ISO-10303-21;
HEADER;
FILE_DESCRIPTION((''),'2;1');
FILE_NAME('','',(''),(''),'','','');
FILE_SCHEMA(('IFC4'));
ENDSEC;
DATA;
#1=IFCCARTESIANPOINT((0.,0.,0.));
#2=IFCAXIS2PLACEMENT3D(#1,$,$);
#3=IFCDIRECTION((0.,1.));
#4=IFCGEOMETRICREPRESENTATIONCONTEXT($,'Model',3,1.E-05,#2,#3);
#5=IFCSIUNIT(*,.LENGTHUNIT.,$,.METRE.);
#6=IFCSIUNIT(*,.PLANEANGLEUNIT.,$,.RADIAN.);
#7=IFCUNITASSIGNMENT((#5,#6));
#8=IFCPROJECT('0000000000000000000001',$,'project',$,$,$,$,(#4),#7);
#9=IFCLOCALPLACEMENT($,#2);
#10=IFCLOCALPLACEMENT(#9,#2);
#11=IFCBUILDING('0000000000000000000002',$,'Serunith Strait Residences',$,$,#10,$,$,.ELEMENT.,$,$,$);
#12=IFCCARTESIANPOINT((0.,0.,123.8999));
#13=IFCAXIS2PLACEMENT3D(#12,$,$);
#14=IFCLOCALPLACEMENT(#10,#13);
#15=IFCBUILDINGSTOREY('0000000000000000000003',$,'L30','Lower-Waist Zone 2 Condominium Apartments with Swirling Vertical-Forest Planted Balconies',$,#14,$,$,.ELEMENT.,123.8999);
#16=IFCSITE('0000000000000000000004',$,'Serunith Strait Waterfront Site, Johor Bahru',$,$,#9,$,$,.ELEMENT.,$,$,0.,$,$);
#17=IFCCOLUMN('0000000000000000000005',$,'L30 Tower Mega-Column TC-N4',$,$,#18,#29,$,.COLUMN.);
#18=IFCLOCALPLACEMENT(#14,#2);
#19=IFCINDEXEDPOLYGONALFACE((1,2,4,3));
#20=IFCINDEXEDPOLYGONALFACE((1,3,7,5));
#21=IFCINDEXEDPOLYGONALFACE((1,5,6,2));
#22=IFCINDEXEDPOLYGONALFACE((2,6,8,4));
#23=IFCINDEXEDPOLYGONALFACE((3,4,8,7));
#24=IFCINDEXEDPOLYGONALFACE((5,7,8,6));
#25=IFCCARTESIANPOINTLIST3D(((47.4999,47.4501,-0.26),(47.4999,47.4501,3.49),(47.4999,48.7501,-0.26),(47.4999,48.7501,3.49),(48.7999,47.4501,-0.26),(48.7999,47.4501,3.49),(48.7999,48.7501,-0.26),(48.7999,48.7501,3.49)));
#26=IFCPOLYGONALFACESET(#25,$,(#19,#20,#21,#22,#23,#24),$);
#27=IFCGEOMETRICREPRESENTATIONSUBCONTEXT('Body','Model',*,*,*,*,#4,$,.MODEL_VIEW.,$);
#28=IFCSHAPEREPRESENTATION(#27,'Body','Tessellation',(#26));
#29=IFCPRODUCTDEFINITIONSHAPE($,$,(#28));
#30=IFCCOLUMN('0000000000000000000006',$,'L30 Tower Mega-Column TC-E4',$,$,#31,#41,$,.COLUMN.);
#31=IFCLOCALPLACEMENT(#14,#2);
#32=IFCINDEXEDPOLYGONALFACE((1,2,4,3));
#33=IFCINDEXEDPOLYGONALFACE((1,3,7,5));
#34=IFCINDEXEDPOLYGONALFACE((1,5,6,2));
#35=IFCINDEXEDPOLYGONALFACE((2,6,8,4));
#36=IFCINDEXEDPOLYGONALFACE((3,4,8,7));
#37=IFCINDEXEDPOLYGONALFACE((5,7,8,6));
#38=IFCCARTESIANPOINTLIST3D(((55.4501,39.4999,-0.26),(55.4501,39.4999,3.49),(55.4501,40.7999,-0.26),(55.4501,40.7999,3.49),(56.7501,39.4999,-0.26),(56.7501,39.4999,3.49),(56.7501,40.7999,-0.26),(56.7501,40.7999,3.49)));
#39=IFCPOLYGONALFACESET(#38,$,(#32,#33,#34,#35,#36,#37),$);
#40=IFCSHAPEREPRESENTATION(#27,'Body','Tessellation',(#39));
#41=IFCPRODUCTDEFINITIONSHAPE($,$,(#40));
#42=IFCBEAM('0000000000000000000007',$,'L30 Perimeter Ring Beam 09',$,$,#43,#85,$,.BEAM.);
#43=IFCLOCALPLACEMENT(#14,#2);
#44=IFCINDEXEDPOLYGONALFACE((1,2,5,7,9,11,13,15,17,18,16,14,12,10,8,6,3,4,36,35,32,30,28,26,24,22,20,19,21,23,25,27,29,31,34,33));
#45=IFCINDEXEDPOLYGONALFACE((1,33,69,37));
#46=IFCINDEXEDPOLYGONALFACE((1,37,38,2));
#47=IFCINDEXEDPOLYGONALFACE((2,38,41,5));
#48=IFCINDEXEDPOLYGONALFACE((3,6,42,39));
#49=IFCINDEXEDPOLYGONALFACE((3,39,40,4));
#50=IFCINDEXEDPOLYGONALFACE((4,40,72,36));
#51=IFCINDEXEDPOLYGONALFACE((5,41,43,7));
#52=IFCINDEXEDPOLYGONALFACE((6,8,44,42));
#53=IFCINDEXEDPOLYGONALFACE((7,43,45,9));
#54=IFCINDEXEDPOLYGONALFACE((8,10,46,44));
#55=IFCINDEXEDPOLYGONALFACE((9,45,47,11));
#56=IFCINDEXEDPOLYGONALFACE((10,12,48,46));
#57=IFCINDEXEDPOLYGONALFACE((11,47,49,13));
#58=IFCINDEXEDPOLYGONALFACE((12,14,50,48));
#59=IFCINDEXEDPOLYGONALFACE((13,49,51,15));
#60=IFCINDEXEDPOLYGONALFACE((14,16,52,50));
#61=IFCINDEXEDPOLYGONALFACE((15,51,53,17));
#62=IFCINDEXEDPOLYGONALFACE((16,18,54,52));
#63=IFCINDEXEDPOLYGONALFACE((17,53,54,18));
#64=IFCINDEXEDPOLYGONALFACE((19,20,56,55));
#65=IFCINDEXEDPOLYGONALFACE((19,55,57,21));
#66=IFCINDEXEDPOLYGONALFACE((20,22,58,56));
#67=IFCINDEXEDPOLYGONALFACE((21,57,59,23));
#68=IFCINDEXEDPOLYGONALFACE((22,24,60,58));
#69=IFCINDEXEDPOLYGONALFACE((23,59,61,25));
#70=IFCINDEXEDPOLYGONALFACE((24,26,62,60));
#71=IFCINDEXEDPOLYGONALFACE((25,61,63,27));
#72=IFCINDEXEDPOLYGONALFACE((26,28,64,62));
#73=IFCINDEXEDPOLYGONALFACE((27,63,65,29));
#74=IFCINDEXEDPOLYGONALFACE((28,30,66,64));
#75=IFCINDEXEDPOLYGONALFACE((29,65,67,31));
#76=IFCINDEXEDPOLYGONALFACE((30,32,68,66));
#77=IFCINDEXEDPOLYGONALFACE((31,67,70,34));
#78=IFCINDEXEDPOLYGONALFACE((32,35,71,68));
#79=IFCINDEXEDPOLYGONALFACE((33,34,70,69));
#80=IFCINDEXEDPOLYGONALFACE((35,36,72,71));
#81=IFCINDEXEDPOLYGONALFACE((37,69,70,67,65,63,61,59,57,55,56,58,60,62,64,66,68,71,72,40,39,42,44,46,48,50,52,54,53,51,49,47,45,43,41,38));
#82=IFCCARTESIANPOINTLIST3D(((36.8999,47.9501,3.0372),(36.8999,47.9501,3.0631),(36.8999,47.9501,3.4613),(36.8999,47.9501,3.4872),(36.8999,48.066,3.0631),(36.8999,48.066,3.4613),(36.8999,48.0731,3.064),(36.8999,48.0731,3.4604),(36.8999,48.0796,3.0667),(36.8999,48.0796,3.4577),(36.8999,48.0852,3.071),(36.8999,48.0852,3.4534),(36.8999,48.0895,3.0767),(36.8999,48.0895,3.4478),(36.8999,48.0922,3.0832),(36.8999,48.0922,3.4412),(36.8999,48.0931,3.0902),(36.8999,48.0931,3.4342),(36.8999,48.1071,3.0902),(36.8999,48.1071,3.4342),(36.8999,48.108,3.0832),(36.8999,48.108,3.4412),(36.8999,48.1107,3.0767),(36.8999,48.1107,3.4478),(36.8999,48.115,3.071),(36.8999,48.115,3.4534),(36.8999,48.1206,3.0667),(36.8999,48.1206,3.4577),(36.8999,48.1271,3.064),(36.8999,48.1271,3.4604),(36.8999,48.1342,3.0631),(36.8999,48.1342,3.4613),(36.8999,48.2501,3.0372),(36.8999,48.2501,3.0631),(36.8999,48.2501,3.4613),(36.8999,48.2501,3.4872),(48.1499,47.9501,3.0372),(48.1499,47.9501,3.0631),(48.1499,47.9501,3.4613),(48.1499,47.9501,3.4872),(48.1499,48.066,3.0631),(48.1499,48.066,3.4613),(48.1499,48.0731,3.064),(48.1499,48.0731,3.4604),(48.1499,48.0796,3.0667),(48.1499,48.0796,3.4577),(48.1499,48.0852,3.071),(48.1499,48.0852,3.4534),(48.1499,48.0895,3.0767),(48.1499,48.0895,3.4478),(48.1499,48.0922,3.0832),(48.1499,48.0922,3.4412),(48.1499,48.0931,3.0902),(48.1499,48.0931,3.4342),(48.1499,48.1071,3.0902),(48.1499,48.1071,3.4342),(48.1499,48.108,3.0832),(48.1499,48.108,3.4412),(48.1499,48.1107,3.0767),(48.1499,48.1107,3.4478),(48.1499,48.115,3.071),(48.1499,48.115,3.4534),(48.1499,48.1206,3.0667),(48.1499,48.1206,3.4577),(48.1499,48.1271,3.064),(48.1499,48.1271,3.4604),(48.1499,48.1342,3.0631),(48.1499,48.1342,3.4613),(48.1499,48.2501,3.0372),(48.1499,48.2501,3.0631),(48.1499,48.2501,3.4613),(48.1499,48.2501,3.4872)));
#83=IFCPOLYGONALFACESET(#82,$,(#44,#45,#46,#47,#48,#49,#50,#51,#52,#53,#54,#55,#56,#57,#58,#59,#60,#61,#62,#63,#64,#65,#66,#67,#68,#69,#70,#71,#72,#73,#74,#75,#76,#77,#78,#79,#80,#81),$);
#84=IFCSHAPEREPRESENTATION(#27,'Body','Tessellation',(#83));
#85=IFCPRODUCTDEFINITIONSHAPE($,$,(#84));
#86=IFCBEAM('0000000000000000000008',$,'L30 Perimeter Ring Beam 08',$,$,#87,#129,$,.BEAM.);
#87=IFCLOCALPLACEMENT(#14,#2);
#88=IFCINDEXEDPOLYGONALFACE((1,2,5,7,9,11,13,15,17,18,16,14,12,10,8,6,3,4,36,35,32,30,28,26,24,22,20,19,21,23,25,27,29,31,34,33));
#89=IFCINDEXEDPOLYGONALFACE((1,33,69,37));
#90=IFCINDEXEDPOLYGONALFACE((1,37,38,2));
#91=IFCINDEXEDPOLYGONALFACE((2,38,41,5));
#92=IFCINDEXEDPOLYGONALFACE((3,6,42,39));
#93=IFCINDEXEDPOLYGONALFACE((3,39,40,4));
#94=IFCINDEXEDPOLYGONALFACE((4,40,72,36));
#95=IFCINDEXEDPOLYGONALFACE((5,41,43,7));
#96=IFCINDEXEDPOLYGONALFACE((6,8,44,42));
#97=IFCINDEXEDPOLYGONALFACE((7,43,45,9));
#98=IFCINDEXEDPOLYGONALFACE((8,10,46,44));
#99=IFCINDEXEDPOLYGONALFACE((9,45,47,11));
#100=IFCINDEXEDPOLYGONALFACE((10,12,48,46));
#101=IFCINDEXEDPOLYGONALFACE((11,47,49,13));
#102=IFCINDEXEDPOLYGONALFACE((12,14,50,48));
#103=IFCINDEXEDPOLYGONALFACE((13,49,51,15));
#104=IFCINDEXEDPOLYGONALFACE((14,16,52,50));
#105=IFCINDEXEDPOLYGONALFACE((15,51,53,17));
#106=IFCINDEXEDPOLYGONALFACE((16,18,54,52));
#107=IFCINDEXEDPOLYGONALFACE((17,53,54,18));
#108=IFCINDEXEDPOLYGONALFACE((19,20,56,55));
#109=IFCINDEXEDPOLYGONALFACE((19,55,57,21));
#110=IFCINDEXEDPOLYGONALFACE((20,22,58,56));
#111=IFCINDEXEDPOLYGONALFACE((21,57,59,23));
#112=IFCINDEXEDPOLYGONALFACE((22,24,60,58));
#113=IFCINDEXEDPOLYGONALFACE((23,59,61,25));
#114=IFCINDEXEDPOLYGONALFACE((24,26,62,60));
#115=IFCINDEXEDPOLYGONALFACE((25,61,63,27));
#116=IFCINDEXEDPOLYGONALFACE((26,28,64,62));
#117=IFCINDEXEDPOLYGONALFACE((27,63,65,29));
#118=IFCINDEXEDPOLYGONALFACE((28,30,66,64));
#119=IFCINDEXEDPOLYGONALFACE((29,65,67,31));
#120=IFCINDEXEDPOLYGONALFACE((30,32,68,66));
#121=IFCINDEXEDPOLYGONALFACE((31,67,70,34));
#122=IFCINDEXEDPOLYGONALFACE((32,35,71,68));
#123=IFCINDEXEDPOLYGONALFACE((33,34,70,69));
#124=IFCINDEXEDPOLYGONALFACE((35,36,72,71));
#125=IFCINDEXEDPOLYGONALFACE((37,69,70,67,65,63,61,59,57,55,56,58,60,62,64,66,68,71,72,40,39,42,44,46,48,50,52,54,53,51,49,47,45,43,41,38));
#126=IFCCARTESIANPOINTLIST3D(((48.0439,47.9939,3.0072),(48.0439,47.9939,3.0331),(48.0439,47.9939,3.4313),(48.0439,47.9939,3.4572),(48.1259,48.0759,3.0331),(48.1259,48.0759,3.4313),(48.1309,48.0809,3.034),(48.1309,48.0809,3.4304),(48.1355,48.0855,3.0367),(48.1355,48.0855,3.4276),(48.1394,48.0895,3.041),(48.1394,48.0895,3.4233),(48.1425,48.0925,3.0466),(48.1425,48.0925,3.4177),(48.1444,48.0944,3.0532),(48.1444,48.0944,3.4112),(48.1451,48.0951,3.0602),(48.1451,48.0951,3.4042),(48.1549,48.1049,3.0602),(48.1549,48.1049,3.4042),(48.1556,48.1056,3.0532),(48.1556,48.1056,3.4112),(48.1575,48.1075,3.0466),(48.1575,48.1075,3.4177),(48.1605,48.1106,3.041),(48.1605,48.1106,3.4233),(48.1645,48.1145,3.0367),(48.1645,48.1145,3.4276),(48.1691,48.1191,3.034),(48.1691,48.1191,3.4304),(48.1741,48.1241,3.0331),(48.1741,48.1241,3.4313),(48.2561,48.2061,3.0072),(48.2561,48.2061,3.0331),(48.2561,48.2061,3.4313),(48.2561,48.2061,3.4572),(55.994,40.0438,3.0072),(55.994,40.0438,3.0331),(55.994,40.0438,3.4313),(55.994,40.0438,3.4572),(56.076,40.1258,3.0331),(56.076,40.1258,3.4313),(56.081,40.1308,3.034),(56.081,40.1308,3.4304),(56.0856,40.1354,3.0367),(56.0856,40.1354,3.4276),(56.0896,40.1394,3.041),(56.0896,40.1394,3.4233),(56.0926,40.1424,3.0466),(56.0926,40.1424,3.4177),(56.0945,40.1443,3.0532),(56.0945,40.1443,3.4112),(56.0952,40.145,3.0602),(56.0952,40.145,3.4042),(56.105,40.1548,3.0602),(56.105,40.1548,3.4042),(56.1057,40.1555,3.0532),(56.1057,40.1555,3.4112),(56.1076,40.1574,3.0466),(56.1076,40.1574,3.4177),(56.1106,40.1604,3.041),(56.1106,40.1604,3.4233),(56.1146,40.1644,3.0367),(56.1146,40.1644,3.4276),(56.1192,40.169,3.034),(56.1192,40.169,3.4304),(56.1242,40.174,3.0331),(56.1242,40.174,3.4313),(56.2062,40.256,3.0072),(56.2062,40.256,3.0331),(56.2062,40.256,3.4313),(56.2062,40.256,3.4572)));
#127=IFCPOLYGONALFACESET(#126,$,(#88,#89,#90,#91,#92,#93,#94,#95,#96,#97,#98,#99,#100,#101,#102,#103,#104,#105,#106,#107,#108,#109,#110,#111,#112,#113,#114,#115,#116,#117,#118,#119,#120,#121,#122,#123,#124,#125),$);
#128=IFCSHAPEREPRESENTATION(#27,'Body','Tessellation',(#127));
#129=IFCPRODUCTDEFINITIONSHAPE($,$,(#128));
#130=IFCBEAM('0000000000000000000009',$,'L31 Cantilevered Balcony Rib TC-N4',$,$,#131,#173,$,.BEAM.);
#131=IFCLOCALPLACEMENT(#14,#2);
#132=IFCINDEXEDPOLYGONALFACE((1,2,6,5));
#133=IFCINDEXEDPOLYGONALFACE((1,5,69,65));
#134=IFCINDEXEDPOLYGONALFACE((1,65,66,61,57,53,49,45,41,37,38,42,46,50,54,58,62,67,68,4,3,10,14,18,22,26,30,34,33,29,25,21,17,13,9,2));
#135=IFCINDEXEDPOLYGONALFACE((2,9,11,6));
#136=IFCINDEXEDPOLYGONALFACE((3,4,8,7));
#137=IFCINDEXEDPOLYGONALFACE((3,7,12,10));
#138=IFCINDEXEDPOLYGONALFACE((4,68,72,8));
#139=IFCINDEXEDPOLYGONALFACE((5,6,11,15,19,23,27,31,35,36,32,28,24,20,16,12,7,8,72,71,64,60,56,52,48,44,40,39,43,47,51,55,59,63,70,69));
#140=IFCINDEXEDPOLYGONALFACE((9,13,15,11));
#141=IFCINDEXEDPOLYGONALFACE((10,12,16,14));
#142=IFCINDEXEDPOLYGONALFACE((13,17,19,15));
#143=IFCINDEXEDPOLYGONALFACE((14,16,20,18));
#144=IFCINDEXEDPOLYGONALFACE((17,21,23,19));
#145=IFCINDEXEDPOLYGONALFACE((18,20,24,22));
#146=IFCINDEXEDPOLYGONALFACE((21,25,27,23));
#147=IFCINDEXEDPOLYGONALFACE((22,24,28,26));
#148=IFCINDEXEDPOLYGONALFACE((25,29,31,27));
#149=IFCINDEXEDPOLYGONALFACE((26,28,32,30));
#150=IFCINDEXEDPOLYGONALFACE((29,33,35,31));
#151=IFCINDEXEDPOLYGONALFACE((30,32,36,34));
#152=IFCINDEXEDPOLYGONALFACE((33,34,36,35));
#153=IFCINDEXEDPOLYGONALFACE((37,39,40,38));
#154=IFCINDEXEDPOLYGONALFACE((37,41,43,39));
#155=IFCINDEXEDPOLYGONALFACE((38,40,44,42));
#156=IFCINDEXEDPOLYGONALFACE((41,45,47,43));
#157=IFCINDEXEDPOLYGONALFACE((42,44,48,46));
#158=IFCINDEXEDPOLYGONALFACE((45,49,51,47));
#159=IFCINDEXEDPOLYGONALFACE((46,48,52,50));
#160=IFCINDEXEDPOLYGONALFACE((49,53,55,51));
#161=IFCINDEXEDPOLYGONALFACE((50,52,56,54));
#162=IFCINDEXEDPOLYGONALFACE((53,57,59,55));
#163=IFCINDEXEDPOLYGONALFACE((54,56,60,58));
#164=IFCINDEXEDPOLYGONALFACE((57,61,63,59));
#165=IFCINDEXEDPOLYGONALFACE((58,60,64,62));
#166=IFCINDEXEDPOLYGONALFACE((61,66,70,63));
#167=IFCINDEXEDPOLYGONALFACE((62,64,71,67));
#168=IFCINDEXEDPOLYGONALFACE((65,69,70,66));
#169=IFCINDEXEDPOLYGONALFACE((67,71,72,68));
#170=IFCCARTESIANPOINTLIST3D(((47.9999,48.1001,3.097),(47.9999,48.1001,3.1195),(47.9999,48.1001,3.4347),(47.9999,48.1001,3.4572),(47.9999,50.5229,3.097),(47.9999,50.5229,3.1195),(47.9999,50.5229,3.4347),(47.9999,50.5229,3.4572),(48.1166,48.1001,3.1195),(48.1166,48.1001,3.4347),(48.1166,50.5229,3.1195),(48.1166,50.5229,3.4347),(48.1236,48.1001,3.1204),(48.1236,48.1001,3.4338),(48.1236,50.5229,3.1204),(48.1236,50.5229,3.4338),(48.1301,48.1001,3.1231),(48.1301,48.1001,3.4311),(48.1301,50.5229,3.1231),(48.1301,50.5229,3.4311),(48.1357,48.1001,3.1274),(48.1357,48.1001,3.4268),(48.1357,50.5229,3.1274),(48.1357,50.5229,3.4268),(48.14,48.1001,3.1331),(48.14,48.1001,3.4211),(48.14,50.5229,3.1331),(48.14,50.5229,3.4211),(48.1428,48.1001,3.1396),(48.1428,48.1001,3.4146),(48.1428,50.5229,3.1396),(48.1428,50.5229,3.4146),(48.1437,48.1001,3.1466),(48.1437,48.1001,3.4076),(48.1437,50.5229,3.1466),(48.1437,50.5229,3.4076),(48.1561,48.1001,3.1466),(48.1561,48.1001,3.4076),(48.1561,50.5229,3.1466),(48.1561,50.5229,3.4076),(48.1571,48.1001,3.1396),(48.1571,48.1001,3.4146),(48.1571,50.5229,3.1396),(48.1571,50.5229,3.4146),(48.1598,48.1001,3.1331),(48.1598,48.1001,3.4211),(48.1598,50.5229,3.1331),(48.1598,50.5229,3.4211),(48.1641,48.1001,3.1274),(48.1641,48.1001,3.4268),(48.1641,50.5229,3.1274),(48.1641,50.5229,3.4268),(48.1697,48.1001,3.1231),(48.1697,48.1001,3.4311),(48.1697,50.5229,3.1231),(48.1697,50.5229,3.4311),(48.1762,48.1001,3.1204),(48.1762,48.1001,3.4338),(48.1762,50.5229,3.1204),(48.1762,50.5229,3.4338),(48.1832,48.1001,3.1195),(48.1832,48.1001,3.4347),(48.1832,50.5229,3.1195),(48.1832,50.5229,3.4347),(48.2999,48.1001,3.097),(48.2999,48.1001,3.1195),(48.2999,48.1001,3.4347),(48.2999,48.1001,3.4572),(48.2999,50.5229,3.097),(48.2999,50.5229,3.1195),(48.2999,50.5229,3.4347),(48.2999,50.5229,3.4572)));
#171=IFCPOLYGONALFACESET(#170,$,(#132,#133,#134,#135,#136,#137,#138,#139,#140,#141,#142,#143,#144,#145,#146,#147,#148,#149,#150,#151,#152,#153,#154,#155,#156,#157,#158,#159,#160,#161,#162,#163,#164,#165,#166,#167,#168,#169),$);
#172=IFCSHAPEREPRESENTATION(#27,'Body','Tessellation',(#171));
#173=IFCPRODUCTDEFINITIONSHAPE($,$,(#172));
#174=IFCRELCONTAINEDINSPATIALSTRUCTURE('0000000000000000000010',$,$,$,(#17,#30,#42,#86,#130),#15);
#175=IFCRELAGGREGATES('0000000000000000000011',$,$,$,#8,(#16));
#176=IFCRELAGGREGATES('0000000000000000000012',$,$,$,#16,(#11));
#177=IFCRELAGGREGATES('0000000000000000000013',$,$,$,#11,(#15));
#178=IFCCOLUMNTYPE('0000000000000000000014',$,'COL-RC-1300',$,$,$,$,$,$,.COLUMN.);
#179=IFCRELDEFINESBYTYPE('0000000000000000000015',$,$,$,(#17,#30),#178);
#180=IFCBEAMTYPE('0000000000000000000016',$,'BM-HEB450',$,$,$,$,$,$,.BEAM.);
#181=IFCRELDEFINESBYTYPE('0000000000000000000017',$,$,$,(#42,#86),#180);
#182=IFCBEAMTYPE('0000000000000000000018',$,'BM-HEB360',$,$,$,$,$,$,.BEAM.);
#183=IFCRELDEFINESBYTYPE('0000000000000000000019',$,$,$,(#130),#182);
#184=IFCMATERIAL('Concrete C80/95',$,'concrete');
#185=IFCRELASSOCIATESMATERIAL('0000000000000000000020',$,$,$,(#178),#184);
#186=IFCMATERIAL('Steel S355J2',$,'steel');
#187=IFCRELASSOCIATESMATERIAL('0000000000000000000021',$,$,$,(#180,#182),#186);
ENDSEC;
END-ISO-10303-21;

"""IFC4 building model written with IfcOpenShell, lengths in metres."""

from ifc_helpers import new_model, si_unit, direction, frame, origin, origin_2d, place, context, subcontext, project, spatial, rectangle, i_section, extrude, source, transform, mapped, material, material_profile, profile_set, type_object, element, save


model = new_model("IFC4")

# Units and contexts
model_context = context("Model", 3, precision=1e-05, world=origin(), true_north=direction((0.0, 1.0)))
body_context = subcontext(model_context, "Body", "Model", "MODEL_VIEW")
ifc_project = project(units=[si_unit("LENGTHUNIT", "METRE"), si_unit("PLANEANGLEUNIT", "RADIAN")], contexts=[model_context])

# Site, building, storey
site_placement = place(None, origin())
site = spatial("IfcSite", under=ifc_project, at=site_placement, Name="Serunith Strait Waterfront Site, Johor Bahru", CompositionType="ELEMENT", RefElevation=0.0)
building_placement = place(site_placement, origin())
building = spatial("IfcBuilding", under=site, at=building_placement, Name="Serunith Strait Residences", CompositionType="ELEMENT")
storey_placement = place(building_placement, frame((0.0, 0.0, 123.8999)))
storey = spatial("IfcBuildingStorey", under=building, at=storey_placement, Name="L30", Description="Lower-Waist Zone 2 Condominium Apartments with Swirling Vertical-Forest Planted Balconies", CompositionType="ELEMENT", Elevation=123.8999)

# Columns
ifc_material_1 = material(Name="Concrete C80/95", Category="concrete")
ifc_material_profile_1 = material_profile(ifc_material_1, rectangle(XDim=1.3, YDim=1.3, at=origin_2d()), Name="RC 1300x1300")
ifc_profile_set_1 = profile_set([ifc_material_profile_1], Name="Concrete C80/95")
column_type = type_object("IfcColumnType", Name="COL-RC-1300", PredefinedType="COLUMN", material=ifc_profile_set_1)
shared_shape_1 = source(origin(), body_context, "Body", "SweptSolid", [
    extrude(rectangle(XDim=1.3, YDim=1.3, at=origin_2d()), origin(), (0.0, 0.0, 1.0), 3.75),
])
for number, where, z_axis, x_axis, name in (
    (1, (48.1499, 48.1001, -0.26), (0.0, 0.0, 1.0), (1.0, 0.0, 0.0), "L30 Tower Mega-Column TC-N4"),
    (2, (56.1001, 40.1499, -0.26), (0.0, 0.0, 1.0), (1.0, 0.0, 0.0), "L30 Tower Mega-Column TC-E4"),
):
    element("IfcColumn", number, at=place(storey_placement, frame(where, z_axis=z_axis, x_axis=x_axis)), inside=storey, type_object=column_type, Name=name, PredefinedType="COLUMN", context=body_context, shape_type="MappedRepresentation", body=[
        mapped(shared_shape_1, transform((0.0, 0.0, 0.0), scale=1.0)),
    ])

# Beams
ifc_material_2 = material(Name="Steel S355J2", Category="steel")
ifc_material_profile_2 = material_profile(ifc_material_2, i_section(OverallWidth=0.3, OverallDepth=0.45, WebThickness=0.0139, FlangeThickness=0.0259, FilletRadius=0.0271, at=origin_2d()), Name="HEB 450")
ifc_profile_set_2 = profile_set([ifc_material_profile_2], Name="Steel S355J2")
beam_type_1 = type_object("IfcBeamType", Name="BM-HEB450", PredefinedType="BEAM", material=ifc_profile_set_2)
shared_shape_2 = source(origin(), body_context, "Body", "SweptSolid", [
    extrude(i_section(OverallWidth=0.3, OverallDepth=0.45, WebThickness=0.0139, FlangeThickness=0.0259, FilletRadius=0.0271, at=origin_2d()), origin(), (0.0, 0.0, 1.0), 11.25),
])
beam_1_placement = place(storey_placement, frame((48.1499, 48.1001, 3.2622), z_axis=(-1.0, 0.0, 0.0), x_axis=(0.0, -1.0, 0.0)))
element("IfcBeam", 3, at=beam_1_placement, inside=storey, type_object=beam_type_1, Name="L30 Perimeter Ring Beam 09", PredefinedType="BEAM", context=body_context, shape_type="MappedRepresentation", body=[
    mapped(shared_shape_2, transform((0.0, 0.0, 0.0), scale=1.0)),
])
shared_shape_3 = source(origin(), body_context, "Body", "SweptSolid", [
    extrude(i_section(OverallWidth=0.3, OverallDepth=0.45, WebThickness=0.0139, FlangeThickness=0.0259, FilletRadius=0.0271, at=origin_2d()), origin(), (0.0, 0.0, 1.0), 11.2432),
])
beam_2_placement = place(storey_placement, frame((56.1001, 40.1499, 3.2322), z_axis=(-0.707107, 0.707107, 0.0), x_axis=(-0.707107, -0.707107, 0.0)))
element("IfcBeam", 4, at=beam_2_placement, inside=storey, type_object=beam_type_1, Name="L30 Perimeter Ring Beam 08", PredefinedType="BEAM", context=body_context, shape_type="MappedRepresentation", body=[
    mapped(shared_shape_3, transform((0.0, 0.0, 0.0), scale=1.0)),
])
ifc_material_profile_3 = material_profile(ifc_material_2, i_section(OverallWidth=0.3, OverallDepth=0.3601, WebThickness=0.0125, FlangeThickness=0.0225, FilletRadius=0.0271, at=origin_2d()), Name="HEB 360")
ifc_profile_set_3 = profile_set([ifc_material_profile_3], Name="Steel S355J2")
beam_type_2 = type_object("IfcBeamType", Name="BM-HEB360", PredefinedType="BEAM", material=ifc_profile_set_3)
shared_shape_4 = source(origin(), body_context, "Body", "SweptSolid", [
    extrude(i_section(OverallWidth=0.3, OverallDepth=0.3601, WebThickness=0.0125, FlangeThickness=0.0225, FilletRadius=0.0271, at=origin_2d()), origin(), (0.0, 0.0, 1.0), 2.4229),
])
beam_3_placement = place(storey_placement, frame((48.1499, 48.1001, 3.2771), z_axis=(0.0, 1.0, 0.0), x_axis=(-1.0, 0.0, 0.0)))
element("IfcBeam", 5, at=beam_3_placement, inside=storey, type_object=beam_type_2, Name="L31 Cantilevered Balcony Rib TC-N4", PredefinedType="BEAM", context=body_context, shape_type="MappedRepresentation", body=[
    mapped(shared_shape_4, transform((0.0, 0.0, 0.0), scale=1.0)),
])

save(model, "model.ifc")
